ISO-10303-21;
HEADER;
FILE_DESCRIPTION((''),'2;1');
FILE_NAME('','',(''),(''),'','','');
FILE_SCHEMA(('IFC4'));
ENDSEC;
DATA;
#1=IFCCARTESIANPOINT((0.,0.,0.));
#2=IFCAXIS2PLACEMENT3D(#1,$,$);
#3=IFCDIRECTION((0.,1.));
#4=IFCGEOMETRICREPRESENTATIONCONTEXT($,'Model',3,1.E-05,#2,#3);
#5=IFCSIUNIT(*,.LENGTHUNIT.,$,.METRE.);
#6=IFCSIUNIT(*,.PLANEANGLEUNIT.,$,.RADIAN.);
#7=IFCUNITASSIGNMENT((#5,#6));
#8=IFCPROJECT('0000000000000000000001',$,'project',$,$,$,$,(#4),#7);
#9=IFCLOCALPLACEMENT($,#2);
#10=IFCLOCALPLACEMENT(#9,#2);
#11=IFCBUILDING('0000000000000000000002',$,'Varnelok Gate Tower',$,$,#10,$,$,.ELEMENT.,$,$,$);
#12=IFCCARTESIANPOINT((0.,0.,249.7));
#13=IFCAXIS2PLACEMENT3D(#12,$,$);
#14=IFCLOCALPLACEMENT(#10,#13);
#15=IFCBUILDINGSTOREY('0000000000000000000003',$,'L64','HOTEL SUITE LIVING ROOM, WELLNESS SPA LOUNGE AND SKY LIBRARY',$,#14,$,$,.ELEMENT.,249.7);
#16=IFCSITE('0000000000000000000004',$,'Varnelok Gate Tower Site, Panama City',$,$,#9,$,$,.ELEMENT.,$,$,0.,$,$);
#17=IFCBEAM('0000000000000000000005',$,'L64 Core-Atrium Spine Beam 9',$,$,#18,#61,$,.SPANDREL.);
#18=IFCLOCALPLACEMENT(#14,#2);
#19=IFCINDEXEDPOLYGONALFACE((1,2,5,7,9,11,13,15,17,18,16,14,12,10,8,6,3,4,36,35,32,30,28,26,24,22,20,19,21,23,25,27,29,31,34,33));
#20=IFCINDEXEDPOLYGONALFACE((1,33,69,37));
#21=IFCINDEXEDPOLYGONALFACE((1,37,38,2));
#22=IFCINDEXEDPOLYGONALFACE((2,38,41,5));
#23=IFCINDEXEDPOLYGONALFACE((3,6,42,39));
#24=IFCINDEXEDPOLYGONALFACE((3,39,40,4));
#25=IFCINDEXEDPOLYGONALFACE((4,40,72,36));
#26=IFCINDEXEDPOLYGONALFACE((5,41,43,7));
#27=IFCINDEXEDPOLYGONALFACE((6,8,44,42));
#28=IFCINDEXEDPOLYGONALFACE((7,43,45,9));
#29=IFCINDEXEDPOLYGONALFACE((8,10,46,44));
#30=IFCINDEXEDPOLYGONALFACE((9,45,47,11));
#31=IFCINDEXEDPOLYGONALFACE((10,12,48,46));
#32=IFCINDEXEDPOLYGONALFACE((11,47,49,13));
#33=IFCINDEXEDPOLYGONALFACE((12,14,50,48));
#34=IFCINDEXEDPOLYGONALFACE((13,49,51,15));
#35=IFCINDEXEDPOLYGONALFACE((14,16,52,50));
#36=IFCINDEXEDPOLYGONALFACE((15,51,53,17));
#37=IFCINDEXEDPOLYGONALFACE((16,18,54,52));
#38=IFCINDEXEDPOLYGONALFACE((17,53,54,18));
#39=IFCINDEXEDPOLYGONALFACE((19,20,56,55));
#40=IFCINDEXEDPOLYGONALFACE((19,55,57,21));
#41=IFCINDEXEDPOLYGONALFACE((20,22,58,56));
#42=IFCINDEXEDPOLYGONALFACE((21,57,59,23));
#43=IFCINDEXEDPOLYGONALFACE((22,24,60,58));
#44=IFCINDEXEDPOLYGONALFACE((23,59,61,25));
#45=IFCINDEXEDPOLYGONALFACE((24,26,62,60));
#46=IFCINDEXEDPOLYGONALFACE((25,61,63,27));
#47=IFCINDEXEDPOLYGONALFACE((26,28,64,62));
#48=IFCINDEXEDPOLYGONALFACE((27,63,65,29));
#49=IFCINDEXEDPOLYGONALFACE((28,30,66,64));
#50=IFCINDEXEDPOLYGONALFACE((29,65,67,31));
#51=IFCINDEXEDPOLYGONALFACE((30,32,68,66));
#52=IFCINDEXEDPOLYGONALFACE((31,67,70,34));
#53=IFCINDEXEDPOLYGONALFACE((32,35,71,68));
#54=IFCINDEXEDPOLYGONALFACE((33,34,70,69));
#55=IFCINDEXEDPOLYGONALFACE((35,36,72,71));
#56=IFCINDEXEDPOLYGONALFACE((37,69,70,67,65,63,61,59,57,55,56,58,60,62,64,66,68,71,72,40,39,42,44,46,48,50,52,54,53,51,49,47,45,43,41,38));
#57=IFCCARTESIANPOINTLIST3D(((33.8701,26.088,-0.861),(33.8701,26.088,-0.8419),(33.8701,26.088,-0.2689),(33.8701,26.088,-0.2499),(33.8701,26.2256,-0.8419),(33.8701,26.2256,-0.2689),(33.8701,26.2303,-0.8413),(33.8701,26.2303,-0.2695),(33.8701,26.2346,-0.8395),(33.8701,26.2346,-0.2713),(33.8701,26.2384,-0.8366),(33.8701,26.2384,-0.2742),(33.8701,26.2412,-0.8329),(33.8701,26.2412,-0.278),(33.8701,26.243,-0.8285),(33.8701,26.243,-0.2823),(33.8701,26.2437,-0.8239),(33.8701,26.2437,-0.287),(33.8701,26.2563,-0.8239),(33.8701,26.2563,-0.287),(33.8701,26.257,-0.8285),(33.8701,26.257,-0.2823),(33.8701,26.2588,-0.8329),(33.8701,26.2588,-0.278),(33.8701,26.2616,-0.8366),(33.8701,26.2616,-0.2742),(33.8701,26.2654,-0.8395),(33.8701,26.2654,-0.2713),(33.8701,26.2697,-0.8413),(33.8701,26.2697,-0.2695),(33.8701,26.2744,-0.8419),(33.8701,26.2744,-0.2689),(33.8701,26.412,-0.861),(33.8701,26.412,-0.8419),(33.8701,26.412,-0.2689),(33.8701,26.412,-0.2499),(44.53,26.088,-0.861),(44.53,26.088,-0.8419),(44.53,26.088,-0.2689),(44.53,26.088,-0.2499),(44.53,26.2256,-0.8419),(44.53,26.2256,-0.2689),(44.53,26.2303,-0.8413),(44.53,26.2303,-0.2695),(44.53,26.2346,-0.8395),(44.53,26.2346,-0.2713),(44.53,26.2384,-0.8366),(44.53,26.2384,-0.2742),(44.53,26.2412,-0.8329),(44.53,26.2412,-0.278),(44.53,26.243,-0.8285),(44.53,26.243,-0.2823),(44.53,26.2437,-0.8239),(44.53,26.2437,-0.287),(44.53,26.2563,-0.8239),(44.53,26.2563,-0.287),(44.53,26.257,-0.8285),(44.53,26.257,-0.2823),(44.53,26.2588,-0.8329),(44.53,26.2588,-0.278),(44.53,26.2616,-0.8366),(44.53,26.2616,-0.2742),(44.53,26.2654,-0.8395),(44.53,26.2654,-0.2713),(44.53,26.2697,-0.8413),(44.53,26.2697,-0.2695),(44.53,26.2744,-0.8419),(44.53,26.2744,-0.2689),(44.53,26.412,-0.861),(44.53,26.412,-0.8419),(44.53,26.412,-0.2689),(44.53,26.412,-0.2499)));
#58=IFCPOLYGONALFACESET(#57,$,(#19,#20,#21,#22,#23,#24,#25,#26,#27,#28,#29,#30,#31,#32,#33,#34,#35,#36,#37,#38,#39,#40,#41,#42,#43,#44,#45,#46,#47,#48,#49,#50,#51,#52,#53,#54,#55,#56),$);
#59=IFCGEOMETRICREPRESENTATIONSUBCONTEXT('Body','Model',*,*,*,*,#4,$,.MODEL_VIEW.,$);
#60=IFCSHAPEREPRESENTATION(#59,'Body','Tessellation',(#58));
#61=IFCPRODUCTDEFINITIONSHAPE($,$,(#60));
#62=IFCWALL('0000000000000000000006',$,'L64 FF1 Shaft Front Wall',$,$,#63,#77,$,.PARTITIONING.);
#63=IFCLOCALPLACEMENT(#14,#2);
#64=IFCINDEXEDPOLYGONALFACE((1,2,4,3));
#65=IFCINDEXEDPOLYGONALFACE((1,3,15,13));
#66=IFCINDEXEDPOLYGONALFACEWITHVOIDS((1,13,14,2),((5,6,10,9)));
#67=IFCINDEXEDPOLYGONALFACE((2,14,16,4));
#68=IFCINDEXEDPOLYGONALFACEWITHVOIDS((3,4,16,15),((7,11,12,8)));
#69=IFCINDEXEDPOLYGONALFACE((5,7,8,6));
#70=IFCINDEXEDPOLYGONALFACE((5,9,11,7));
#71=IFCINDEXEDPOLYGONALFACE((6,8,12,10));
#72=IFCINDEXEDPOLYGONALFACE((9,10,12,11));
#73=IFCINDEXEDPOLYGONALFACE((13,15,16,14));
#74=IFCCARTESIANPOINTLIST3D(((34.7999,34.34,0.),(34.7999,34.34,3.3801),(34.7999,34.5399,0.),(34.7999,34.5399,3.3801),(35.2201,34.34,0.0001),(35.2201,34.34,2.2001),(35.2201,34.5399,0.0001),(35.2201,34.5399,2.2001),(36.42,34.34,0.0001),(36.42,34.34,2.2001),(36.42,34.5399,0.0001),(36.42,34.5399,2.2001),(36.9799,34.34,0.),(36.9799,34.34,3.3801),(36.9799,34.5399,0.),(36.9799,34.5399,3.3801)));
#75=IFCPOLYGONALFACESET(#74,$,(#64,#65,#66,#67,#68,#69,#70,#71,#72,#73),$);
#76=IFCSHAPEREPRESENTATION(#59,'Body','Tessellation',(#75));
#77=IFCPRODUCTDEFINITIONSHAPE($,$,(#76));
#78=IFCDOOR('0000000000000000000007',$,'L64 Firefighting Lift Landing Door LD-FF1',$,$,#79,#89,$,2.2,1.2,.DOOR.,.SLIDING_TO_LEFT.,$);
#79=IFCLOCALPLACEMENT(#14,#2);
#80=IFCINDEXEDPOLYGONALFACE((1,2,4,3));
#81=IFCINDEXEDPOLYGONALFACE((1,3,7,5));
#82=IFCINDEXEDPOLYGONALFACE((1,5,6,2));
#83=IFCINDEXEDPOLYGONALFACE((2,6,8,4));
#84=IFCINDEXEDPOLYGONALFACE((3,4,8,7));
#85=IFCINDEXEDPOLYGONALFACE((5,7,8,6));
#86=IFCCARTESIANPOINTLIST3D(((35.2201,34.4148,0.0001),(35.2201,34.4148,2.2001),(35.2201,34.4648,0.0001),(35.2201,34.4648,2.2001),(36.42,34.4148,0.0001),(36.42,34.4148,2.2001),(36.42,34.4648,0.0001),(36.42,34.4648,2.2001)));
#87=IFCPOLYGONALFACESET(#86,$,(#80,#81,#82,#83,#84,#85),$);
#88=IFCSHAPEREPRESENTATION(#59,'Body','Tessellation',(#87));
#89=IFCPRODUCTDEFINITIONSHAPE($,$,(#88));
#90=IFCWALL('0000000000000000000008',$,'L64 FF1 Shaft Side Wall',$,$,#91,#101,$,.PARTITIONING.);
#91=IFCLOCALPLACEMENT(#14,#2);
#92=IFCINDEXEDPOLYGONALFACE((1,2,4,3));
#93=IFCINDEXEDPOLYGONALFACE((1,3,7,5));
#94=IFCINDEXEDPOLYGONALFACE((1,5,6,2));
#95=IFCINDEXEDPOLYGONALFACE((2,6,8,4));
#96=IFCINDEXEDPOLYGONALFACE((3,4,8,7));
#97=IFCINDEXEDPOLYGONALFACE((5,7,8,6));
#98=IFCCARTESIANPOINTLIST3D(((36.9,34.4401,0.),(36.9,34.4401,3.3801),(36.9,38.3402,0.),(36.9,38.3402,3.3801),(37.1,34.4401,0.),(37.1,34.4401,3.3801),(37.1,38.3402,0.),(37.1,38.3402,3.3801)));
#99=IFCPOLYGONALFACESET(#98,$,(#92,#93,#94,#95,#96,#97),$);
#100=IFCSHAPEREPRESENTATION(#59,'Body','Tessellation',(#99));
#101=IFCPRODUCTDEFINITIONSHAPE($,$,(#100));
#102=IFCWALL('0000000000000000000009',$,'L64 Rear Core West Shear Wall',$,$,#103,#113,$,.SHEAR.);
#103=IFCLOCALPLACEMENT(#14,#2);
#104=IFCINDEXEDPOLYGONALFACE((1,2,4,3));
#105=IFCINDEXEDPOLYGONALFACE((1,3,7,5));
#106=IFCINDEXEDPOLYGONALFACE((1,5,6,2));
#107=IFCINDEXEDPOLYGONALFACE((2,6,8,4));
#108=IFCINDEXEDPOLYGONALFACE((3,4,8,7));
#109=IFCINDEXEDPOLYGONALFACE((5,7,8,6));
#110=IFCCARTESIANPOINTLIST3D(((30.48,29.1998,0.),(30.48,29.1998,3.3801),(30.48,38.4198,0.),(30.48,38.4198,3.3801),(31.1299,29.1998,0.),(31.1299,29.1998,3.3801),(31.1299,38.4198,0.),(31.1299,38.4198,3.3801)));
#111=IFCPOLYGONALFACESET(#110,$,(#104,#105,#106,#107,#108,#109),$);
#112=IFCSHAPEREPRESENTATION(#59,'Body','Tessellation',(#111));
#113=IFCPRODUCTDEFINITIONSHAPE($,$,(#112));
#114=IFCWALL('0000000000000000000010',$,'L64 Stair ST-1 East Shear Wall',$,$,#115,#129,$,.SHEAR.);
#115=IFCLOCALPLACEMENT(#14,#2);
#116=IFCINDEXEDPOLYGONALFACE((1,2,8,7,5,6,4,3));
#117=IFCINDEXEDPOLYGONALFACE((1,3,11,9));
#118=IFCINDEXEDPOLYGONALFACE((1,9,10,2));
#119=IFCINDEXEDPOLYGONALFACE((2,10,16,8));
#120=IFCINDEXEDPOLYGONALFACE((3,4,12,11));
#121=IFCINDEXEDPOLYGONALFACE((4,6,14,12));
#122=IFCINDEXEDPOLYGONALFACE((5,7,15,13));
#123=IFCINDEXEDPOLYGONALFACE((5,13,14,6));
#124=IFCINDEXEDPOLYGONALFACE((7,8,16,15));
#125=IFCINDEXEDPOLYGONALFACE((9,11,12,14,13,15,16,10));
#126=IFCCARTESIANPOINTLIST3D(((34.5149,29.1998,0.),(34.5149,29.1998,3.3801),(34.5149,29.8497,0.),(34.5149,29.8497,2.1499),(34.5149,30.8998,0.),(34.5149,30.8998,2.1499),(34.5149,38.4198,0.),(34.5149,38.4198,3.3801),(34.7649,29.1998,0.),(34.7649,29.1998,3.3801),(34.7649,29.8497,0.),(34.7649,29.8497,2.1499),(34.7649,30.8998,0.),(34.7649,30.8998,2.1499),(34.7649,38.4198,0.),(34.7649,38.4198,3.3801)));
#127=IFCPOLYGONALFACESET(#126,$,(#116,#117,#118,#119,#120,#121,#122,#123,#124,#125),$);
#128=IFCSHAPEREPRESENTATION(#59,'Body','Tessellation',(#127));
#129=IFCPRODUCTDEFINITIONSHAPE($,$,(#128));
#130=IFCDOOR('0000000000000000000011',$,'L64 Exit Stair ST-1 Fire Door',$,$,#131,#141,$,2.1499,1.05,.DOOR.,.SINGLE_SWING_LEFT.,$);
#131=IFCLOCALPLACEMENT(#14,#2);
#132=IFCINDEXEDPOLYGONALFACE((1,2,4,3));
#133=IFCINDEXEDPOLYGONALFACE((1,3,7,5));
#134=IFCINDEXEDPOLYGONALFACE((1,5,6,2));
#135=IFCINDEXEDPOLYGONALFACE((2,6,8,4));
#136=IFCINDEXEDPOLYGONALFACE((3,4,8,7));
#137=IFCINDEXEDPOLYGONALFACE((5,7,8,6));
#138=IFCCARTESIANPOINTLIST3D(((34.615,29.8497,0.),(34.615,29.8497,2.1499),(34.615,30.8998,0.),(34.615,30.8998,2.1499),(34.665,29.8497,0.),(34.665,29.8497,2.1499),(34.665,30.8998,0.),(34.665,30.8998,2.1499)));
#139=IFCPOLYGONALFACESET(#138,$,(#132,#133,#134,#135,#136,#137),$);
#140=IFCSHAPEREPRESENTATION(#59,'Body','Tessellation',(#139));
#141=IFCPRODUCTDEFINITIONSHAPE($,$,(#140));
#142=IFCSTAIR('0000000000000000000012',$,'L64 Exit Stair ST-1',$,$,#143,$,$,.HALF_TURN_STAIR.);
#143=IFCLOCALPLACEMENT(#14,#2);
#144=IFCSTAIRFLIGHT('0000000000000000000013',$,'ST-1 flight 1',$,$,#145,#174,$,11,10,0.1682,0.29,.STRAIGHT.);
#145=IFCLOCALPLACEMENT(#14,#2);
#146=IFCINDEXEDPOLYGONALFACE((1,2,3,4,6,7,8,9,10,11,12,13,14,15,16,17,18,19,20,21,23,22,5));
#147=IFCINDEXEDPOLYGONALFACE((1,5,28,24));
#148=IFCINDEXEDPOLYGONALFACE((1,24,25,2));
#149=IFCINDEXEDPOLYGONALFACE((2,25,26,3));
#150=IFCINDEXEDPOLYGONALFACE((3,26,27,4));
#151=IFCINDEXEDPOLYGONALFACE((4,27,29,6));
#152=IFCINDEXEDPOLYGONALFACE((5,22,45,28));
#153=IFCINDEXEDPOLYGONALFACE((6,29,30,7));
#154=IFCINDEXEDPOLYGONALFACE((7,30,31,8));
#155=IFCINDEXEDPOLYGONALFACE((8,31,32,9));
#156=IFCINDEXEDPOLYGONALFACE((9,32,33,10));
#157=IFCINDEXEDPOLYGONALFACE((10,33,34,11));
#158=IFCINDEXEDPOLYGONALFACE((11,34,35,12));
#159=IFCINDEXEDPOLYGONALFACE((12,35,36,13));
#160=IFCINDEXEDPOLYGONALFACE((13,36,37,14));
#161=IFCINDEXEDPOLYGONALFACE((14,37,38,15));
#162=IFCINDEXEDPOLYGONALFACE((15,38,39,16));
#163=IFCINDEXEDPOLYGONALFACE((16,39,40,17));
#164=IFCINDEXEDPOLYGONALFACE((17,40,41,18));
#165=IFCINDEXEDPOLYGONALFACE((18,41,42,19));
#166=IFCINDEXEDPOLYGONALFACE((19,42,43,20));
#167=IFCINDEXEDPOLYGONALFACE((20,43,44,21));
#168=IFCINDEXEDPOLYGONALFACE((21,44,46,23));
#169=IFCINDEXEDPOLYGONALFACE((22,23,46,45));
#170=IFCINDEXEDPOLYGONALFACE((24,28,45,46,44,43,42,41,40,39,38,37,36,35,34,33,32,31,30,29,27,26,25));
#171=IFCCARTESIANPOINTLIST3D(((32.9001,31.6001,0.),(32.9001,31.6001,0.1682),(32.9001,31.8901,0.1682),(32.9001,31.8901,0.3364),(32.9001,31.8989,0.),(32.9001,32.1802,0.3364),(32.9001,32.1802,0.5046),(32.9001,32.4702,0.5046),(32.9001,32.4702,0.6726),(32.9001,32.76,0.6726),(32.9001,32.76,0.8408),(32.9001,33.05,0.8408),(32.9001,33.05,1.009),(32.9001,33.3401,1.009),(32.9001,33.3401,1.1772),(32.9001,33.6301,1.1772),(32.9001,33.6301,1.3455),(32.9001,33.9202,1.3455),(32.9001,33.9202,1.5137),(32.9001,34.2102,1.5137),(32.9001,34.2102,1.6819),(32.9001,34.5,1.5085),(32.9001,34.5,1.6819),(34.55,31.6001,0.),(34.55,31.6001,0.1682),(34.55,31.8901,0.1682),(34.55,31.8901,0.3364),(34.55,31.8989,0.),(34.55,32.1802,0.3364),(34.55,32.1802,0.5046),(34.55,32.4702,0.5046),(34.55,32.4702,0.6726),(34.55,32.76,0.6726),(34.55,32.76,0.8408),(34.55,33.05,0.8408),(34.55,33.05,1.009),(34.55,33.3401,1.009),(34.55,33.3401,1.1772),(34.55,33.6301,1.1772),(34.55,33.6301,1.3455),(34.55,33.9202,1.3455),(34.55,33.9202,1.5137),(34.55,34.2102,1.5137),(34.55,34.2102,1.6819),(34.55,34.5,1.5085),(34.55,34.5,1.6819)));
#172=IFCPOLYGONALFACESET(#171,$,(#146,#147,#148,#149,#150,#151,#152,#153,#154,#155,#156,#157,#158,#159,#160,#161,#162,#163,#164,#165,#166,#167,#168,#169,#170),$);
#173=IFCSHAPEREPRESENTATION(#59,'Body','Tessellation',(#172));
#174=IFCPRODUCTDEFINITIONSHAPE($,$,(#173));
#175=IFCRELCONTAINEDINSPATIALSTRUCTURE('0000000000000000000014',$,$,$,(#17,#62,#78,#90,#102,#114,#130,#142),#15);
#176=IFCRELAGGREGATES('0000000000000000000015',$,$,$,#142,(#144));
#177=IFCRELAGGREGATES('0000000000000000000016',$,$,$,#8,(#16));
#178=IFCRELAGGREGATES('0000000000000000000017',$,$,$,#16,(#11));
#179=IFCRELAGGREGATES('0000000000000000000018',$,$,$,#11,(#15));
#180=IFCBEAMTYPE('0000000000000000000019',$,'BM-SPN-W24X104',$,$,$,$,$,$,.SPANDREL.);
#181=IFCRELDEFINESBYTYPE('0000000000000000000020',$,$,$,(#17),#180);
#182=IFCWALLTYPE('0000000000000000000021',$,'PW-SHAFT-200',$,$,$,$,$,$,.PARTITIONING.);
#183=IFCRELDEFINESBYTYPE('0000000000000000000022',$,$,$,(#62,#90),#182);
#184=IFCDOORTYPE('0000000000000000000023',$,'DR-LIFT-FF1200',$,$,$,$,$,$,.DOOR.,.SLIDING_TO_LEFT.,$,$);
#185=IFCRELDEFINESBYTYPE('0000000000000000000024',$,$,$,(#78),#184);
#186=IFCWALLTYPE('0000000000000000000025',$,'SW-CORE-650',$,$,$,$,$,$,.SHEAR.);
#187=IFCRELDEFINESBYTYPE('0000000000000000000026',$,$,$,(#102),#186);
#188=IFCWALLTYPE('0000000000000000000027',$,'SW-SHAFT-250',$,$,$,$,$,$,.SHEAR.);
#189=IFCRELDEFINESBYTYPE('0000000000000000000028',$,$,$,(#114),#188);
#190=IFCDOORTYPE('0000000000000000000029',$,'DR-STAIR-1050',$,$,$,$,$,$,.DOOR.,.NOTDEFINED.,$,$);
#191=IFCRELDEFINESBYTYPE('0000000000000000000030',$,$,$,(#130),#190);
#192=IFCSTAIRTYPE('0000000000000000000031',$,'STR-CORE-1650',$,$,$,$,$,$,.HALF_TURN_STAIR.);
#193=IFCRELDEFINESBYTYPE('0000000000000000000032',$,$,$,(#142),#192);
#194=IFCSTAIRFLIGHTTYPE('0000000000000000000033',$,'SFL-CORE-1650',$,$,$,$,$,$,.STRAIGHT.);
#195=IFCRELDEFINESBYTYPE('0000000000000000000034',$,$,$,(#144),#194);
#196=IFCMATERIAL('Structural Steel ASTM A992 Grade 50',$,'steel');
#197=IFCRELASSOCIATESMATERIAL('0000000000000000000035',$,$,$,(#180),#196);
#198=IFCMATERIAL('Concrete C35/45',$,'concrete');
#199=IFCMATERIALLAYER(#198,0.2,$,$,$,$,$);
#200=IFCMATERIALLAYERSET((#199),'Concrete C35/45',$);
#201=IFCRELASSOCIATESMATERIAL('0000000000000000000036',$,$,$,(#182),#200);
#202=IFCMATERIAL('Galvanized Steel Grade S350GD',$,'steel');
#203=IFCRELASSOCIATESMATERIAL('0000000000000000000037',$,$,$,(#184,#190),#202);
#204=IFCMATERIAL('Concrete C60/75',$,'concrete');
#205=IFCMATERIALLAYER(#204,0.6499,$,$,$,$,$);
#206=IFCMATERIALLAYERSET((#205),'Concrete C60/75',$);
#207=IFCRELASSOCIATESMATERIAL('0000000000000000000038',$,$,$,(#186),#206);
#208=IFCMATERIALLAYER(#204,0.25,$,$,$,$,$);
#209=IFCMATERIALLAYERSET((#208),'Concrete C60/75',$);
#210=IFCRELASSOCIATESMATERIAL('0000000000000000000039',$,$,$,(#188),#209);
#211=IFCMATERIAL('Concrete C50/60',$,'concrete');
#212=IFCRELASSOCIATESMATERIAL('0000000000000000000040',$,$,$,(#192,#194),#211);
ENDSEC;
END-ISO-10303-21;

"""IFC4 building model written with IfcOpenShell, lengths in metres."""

from ifc_helpers import new_model, si_unit, direction, frame, frame_2d, origin, origin_2d, place, context, subcontext, project, spatial, polyline, rectangle, i_section, outline, extrude, material, layer, layer_set, material_profile, profile_set, type_object, element, fill, aggregate, save


model = new_model("IFC4")

# Units and contexts
model_context = context("Model", 3, precision=1e-05, world=origin(), true_north=direction((0.0, 1.0)))
body_context = subcontext(model_context, "Body", "Model", "MODEL_VIEW")
ifc_project = project(units=[si_unit("LENGTHUNIT", "METRE"), si_unit("PLANEANGLEUNIT", "RADIAN")], contexts=[model_context])

# Site, building, storey
site_placement = place(None, origin())
site = spatial("IfcSite", under=ifc_project, at=site_placement, Name="Varnelok Gate Tower Site, Panama City", CompositionType="ELEMENT", RefElevation=0.0)
building_placement = place(site_placement, origin())
building = spatial("IfcBuilding", under=site, at=building_placement, Name="Varnelok Gate Tower", CompositionType="ELEMENT")
storey_placement = place(building_placement, frame((0.0, 0.0, 249.7)))
storey = spatial("IfcBuildingStorey", under=building, at=storey_placement, Name="L64", Description="HOTEL SUITE LIVING ROOM, WELLNESS SPA LOUNGE AND SKY LIBRARY", CompositionType="ELEMENT", Elevation=249.7)

# Shared definitions
ifc_material_1 = material(Name="Concrete C60/75", Category="concrete")
ifc_material_2 = material(Name="Structural Steel ASTM A992 Grade 50", Category="steel")

# Beam
ifc_material_profile_1 = material_profile(ifc_material_2, i_section(OverallWidth=0.324, OverallDepth=0.6111, WebThickness=0.0127, FlangeThickness=0.019, FilletRadius=0.0181, at=origin_2d()), Name="W24X104")
ifc_profile_set_1 = profile_set([ifc_material_profile_1], Name="Structural Steel ASTM A992 Grade 50")
beam_type_1 = type_object("IfcBeamType", Name="BM-SPN-W24X104", PredefinedType="SPANDREL", material=ifc_profile_set_1)
beam_1_placement = place(storey_placement, frame((33.8701, 26.25, -0.5554), z_axis=(1.0, 0.0, 0.0), x_axis=(0.0, 1.0, 0.0)))
element("IfcBeam", 1, at=beam_1_placement, inside=storey, type_object=beam_type_1, Name="L64 Core-Atrium Spine Beam 9", PredefinedType="SPANDREL", context=body_context, shape_type="SweptSolid", body=[
    extrude(i_section(OverallWidth=0.324, OverallDepth=0.6111, WebThickness=0.0127, FlangeThickness=0.019, FilletRadius=0.0181, at=origin_2d()), origin(), (0.0, 0.0, 1.0), 10.6599),
])

# Wall, opening, door
ifc_material_3 = material(Name="Concrete C35/45", Category="concrete")
ifc_layer_1 = layer(ifc_material_3, 0.2)
ifc_layer_set_1 = layer_set([ifc_layer_1], Name="Concrete C35/45")
wall_type_1 = type_object("IfcWallType", Name="PW-SHAFT-200", PredefinedType="PARTITIONING", material=ifc_layer_set_1)
wall_1_placement = place(storey_placement, frame((34.8, 34.4399, 0.0), z_axis=(0.0, 0.0, 1.0), x_axis=(1.0, 0.0, 0.0)))
wall_1 = element("IfcWall", 2, at=wall_1_placement, inside=storey, type_object=wall_type_1, Name="L64 FF1 Shaft Front Wall", PredefinedType="PARTITIONING", context=body_context, shape_type="SweptSolid", body=[
    extrude(rectangle(XDim=2.1799, YDim=0.2, at=frame_2d((1.0898, 0.0))), origin(), (0.0, 0.0, 1.0), 3.3801),
])
opening_1_placement = place(wall_1_placement, frame((0.4199, 0.0, 0.0)))
opening_1 = element("IfcOpeningElement", 3, at=opening_1_placement, cuts=wall_1, PredefinedType="OPENING", context=body_context, shape_type="SweptSolid", body=[
    extrude(rectangle(XDim=1.2, YDim=2.2, at=frame_2d((0.6001, 1.1001))), frame((0.0, 0.1099, 0.0), z_axis=(0.0, -1.0, 0.0), x_axis=(1.0, 0.0, 0.0)), (0.0, 0.0, 1.0), 0.22),
])
ifc_material_4 = material(Name="Galvanized Steel Grade S350GD", Category="steel")
door_type_1 = type_object("IfcDoorType", Name="DR-LIFT-FF1200", OperationType="SLIDING_TO_LEFT", PredefinedType="DOOR", material=ifc_material_4)
door_1_placement = place(opening_1_placement, origin())
door_1 = element("IfcDoor", 4, at=door_1_placement, inside=storey, type_object=door_type_1, Name="L64 Firefighting Lift Landing Door LD-FF1", OperationType="SLIDING_TO_LEFT", OverallHeight=2.2, OverallWidth=1.2, PredefinedType="DOOR", context=body_context, shape_type="SweptSolid", body=[
    extrude(rectangle(XDim=1.2, YDim=2.2, at=frame_2d((0.6001, 1.1001))), frame((0.0, 0.0249, 0.0), z_axis=(0.0, -1.0, 0.0), x_axis=(1.0, 0.0, 0.0)), (0.0, 0.0, 1.0), 0.05),
])
fill(opening_1, door_1)

# Walls
wall_2_placement = place(storey_placement, frame((37.0, 34.4399, 0.0), z_axis=(0.0, 0.0, 1.0), x_axis=(0.0, 1.0, 0.0)))
element("IfcWall", 5, at=wall_2_placement, inside=storey, type_object=wall_type_1, Name="L64 FF1 Shaft Side Wall", PredefinedType="PARTITIONING", context=body_context, shape_type="SweptSolid", body=[
    extrude(rectangle(XDim=3.9001, YDim=0.2, at=frame_2d((1.9502, 0.0))), origin(), (0.0, 0.0, 1.0), 3.3801),
])
ifc_layer_2 = layer(ifc_material_1, 0.6499)
ifc_layer_set_2 = layer_set([ifc_layer_2], Name="Concrete C60/75")
wall_type_2 = type_object("IfcWallType", Name="SW-CORE-650", PredefinedType="SHEAR", material=ifc_layer_set_2)
wall_3_placement = place(storey_placement, frame((30.8049, 29.2, 0.0), z_axis=(0.0, 0.0, 1.0), x_axis=(0.0, 1.0, 0.0)))
element("IfcWall", 6, at=wall_3_placement, inside=storey, type_object=wall_type_2, Name="L64 Rear Core West Shear Wall", PredefinedType="SHEAR", context=body_context, shape_type="SweptSolid", body=[
    extrude(rectangle(XDim=9.22, YDim=0.6499, at=frame_2d((4.6099, 0.0))), origin(), (0.0, 0.0, 1.0), 3.3801),
])

# Wall, opening, door
ifc_layer_3 = layer(ifc_material_1, 0.25)
ifc_layer_set_3 = layer_set([ifc_layer_3], Name="Concrete C60/75")
wall_type_3 = type_object("IfcWallType", Name="SW-SHAFT-250", PredefinedType="SHEAR", material=ifc_layer_set_3)
wall_4_placement = place(storey_placement, frame((34.6399, 29.2, 0.0), z_axis=(0.0, 0.0, 1.0), x_axis=(0.0, 1.0, 0.0)))
wall_4 = element("IfcWall", 7, at=wall_4_placement, inside=storey, type_object=wall_type_3, Name="L64 Stair ST-1 East Shear Wall", PredefinedType="SHEAR", context=body_context, shape_type="SweptSolid", body=[
    extrude(rectangle(XDim=9.22, YDim=0.25, at=frame_2d((4.6099, 0.0))), origin(), (0.0, 0.0, 1.0), 3.3801),
])
opening_2_placement = place(wall_4_placement, frame((0.6499, 0.0, 0.0)))
opening_2 = element("IfcOpeningElement", 8, at=opening_2_placement, cuts=wall_4, PredefinedType="OPENING", context=body_context, shape_type="SweptSolid", body=[
    extrude(rectangle(XDim=1.05, YDim=2.1499, at=frame_2d((0.5249, 1.075))), frame((0.0, 0.135, 0.0), z_axis=(0.0, -1.0, 0.0), x_axis=(1.0, 0.0, 0.0)), (0.0, 0.0, 1.0), 0.27),
])
door_type_2 = type_object("IfcDoorType", Name="DR-STAIR-1050", OperationType="NOTDEFINED", PredefinedType="DOOR", material=ifc_material_4)
door_2_placement = place(opening_2_placement, origin())
door_2 = element("IfcDoor", 9, at=door_2_placement, inside=storey, type_object=door_type_2, Name="L64 Exit Stair ST-1 Fire Door", OperationType="SINGLE_SWING_LEFT", OverallHeight=2.1499, OverallWidth=1.05, PredefinedType="DOOR", context=body_context, shape_type="SweptSolid", body=[
    extrude(rectangle(XDim=1.05, YDim=2.1499, at=frame_2d((0.5249, 1.075))), frame((0.0, 0.0249, 0.0), z_axis=(0.0, -1.0, 0.0), x_axis=(1.0, 0.0, 0.0)), (0.0, 0.0, 1.0), 0.05),
])
fill(opening_2, door_2)

# Stair, stair flight
ifc_material_5 = material(Name="Concrete C50/60", Category="concrete")
stair_type = type_object("IfcStairType", Name="STR-CORE-1650", PredefinedType="HALF_TURN_STAIR", material=ifc_material_5)
stair_placement = place(storey_placement, origin())
stair = element("IfcStair", 10, at=stair_placement, inside=storey, type_object=stair_type, Name="L64 Exit Stair ST-1", PredefinedType="HALF_TURN_STAIR")
stair_flight_type = type_object("IfcStairFlightType", Name="SFL-CORE-1650", PredefinedType="STRAIGHT", material=ifc_material_5)
stair_flight_placement = place(storey_placement, frame((33.7251, 31.6001, 0.0), z_axis=(0.0, 0.0, 1.0), x_axis=(0.0, 1.0, 0.0)))
stair_flight = element("IfcStairFlight", 11, at=stair_flight_placement, type_object=stair_flight_type, Name="ST-1 flight 1", NumberOfRisers=11, NumberOfTreads=10, PredefinedType="STRAIGHT", RiserHeight=0.1682, TreadLength=0.29, context=body_context, shape_type="SweptSolid", body=[
    extrude(outline(polyline([(0.0, 0.0), (0.0, 0.1682), (0.29, 0.1682), (0.29, 0.3364), (0.5801, 0.3364), (0.5801, 0.5046), (0.8701, 0.5046), (0.8701, 0.6726), (1.1599, 0.6726), (1.1599, 0.8408), (1.45, 0.8408), (1.45, 1.009), (1.74, 1.009), (1.74, 1.1772), (2.03, 1.1772), (2.03, 1.3455), (2.3201, 1.3455), (2.3201, 1.5137), (2.6101, 1.5137), (2.6101, 1.6819), (2.8999, 1.6819), (2.8999, 1.8501), (2.8999, 1.5085), (0.2988, 0.0), (0.0, 0.0)])), frame((0.0, 0.825, 0.0), z_axis=(0.0, -1.0, 0.0), x_axis=(1.0, 0.0, 0.0)), (0.0, 0.0, 1.0), 1.6499),
])
aggregate(stair, [stair_flight])

save(model, "model.ifc")
